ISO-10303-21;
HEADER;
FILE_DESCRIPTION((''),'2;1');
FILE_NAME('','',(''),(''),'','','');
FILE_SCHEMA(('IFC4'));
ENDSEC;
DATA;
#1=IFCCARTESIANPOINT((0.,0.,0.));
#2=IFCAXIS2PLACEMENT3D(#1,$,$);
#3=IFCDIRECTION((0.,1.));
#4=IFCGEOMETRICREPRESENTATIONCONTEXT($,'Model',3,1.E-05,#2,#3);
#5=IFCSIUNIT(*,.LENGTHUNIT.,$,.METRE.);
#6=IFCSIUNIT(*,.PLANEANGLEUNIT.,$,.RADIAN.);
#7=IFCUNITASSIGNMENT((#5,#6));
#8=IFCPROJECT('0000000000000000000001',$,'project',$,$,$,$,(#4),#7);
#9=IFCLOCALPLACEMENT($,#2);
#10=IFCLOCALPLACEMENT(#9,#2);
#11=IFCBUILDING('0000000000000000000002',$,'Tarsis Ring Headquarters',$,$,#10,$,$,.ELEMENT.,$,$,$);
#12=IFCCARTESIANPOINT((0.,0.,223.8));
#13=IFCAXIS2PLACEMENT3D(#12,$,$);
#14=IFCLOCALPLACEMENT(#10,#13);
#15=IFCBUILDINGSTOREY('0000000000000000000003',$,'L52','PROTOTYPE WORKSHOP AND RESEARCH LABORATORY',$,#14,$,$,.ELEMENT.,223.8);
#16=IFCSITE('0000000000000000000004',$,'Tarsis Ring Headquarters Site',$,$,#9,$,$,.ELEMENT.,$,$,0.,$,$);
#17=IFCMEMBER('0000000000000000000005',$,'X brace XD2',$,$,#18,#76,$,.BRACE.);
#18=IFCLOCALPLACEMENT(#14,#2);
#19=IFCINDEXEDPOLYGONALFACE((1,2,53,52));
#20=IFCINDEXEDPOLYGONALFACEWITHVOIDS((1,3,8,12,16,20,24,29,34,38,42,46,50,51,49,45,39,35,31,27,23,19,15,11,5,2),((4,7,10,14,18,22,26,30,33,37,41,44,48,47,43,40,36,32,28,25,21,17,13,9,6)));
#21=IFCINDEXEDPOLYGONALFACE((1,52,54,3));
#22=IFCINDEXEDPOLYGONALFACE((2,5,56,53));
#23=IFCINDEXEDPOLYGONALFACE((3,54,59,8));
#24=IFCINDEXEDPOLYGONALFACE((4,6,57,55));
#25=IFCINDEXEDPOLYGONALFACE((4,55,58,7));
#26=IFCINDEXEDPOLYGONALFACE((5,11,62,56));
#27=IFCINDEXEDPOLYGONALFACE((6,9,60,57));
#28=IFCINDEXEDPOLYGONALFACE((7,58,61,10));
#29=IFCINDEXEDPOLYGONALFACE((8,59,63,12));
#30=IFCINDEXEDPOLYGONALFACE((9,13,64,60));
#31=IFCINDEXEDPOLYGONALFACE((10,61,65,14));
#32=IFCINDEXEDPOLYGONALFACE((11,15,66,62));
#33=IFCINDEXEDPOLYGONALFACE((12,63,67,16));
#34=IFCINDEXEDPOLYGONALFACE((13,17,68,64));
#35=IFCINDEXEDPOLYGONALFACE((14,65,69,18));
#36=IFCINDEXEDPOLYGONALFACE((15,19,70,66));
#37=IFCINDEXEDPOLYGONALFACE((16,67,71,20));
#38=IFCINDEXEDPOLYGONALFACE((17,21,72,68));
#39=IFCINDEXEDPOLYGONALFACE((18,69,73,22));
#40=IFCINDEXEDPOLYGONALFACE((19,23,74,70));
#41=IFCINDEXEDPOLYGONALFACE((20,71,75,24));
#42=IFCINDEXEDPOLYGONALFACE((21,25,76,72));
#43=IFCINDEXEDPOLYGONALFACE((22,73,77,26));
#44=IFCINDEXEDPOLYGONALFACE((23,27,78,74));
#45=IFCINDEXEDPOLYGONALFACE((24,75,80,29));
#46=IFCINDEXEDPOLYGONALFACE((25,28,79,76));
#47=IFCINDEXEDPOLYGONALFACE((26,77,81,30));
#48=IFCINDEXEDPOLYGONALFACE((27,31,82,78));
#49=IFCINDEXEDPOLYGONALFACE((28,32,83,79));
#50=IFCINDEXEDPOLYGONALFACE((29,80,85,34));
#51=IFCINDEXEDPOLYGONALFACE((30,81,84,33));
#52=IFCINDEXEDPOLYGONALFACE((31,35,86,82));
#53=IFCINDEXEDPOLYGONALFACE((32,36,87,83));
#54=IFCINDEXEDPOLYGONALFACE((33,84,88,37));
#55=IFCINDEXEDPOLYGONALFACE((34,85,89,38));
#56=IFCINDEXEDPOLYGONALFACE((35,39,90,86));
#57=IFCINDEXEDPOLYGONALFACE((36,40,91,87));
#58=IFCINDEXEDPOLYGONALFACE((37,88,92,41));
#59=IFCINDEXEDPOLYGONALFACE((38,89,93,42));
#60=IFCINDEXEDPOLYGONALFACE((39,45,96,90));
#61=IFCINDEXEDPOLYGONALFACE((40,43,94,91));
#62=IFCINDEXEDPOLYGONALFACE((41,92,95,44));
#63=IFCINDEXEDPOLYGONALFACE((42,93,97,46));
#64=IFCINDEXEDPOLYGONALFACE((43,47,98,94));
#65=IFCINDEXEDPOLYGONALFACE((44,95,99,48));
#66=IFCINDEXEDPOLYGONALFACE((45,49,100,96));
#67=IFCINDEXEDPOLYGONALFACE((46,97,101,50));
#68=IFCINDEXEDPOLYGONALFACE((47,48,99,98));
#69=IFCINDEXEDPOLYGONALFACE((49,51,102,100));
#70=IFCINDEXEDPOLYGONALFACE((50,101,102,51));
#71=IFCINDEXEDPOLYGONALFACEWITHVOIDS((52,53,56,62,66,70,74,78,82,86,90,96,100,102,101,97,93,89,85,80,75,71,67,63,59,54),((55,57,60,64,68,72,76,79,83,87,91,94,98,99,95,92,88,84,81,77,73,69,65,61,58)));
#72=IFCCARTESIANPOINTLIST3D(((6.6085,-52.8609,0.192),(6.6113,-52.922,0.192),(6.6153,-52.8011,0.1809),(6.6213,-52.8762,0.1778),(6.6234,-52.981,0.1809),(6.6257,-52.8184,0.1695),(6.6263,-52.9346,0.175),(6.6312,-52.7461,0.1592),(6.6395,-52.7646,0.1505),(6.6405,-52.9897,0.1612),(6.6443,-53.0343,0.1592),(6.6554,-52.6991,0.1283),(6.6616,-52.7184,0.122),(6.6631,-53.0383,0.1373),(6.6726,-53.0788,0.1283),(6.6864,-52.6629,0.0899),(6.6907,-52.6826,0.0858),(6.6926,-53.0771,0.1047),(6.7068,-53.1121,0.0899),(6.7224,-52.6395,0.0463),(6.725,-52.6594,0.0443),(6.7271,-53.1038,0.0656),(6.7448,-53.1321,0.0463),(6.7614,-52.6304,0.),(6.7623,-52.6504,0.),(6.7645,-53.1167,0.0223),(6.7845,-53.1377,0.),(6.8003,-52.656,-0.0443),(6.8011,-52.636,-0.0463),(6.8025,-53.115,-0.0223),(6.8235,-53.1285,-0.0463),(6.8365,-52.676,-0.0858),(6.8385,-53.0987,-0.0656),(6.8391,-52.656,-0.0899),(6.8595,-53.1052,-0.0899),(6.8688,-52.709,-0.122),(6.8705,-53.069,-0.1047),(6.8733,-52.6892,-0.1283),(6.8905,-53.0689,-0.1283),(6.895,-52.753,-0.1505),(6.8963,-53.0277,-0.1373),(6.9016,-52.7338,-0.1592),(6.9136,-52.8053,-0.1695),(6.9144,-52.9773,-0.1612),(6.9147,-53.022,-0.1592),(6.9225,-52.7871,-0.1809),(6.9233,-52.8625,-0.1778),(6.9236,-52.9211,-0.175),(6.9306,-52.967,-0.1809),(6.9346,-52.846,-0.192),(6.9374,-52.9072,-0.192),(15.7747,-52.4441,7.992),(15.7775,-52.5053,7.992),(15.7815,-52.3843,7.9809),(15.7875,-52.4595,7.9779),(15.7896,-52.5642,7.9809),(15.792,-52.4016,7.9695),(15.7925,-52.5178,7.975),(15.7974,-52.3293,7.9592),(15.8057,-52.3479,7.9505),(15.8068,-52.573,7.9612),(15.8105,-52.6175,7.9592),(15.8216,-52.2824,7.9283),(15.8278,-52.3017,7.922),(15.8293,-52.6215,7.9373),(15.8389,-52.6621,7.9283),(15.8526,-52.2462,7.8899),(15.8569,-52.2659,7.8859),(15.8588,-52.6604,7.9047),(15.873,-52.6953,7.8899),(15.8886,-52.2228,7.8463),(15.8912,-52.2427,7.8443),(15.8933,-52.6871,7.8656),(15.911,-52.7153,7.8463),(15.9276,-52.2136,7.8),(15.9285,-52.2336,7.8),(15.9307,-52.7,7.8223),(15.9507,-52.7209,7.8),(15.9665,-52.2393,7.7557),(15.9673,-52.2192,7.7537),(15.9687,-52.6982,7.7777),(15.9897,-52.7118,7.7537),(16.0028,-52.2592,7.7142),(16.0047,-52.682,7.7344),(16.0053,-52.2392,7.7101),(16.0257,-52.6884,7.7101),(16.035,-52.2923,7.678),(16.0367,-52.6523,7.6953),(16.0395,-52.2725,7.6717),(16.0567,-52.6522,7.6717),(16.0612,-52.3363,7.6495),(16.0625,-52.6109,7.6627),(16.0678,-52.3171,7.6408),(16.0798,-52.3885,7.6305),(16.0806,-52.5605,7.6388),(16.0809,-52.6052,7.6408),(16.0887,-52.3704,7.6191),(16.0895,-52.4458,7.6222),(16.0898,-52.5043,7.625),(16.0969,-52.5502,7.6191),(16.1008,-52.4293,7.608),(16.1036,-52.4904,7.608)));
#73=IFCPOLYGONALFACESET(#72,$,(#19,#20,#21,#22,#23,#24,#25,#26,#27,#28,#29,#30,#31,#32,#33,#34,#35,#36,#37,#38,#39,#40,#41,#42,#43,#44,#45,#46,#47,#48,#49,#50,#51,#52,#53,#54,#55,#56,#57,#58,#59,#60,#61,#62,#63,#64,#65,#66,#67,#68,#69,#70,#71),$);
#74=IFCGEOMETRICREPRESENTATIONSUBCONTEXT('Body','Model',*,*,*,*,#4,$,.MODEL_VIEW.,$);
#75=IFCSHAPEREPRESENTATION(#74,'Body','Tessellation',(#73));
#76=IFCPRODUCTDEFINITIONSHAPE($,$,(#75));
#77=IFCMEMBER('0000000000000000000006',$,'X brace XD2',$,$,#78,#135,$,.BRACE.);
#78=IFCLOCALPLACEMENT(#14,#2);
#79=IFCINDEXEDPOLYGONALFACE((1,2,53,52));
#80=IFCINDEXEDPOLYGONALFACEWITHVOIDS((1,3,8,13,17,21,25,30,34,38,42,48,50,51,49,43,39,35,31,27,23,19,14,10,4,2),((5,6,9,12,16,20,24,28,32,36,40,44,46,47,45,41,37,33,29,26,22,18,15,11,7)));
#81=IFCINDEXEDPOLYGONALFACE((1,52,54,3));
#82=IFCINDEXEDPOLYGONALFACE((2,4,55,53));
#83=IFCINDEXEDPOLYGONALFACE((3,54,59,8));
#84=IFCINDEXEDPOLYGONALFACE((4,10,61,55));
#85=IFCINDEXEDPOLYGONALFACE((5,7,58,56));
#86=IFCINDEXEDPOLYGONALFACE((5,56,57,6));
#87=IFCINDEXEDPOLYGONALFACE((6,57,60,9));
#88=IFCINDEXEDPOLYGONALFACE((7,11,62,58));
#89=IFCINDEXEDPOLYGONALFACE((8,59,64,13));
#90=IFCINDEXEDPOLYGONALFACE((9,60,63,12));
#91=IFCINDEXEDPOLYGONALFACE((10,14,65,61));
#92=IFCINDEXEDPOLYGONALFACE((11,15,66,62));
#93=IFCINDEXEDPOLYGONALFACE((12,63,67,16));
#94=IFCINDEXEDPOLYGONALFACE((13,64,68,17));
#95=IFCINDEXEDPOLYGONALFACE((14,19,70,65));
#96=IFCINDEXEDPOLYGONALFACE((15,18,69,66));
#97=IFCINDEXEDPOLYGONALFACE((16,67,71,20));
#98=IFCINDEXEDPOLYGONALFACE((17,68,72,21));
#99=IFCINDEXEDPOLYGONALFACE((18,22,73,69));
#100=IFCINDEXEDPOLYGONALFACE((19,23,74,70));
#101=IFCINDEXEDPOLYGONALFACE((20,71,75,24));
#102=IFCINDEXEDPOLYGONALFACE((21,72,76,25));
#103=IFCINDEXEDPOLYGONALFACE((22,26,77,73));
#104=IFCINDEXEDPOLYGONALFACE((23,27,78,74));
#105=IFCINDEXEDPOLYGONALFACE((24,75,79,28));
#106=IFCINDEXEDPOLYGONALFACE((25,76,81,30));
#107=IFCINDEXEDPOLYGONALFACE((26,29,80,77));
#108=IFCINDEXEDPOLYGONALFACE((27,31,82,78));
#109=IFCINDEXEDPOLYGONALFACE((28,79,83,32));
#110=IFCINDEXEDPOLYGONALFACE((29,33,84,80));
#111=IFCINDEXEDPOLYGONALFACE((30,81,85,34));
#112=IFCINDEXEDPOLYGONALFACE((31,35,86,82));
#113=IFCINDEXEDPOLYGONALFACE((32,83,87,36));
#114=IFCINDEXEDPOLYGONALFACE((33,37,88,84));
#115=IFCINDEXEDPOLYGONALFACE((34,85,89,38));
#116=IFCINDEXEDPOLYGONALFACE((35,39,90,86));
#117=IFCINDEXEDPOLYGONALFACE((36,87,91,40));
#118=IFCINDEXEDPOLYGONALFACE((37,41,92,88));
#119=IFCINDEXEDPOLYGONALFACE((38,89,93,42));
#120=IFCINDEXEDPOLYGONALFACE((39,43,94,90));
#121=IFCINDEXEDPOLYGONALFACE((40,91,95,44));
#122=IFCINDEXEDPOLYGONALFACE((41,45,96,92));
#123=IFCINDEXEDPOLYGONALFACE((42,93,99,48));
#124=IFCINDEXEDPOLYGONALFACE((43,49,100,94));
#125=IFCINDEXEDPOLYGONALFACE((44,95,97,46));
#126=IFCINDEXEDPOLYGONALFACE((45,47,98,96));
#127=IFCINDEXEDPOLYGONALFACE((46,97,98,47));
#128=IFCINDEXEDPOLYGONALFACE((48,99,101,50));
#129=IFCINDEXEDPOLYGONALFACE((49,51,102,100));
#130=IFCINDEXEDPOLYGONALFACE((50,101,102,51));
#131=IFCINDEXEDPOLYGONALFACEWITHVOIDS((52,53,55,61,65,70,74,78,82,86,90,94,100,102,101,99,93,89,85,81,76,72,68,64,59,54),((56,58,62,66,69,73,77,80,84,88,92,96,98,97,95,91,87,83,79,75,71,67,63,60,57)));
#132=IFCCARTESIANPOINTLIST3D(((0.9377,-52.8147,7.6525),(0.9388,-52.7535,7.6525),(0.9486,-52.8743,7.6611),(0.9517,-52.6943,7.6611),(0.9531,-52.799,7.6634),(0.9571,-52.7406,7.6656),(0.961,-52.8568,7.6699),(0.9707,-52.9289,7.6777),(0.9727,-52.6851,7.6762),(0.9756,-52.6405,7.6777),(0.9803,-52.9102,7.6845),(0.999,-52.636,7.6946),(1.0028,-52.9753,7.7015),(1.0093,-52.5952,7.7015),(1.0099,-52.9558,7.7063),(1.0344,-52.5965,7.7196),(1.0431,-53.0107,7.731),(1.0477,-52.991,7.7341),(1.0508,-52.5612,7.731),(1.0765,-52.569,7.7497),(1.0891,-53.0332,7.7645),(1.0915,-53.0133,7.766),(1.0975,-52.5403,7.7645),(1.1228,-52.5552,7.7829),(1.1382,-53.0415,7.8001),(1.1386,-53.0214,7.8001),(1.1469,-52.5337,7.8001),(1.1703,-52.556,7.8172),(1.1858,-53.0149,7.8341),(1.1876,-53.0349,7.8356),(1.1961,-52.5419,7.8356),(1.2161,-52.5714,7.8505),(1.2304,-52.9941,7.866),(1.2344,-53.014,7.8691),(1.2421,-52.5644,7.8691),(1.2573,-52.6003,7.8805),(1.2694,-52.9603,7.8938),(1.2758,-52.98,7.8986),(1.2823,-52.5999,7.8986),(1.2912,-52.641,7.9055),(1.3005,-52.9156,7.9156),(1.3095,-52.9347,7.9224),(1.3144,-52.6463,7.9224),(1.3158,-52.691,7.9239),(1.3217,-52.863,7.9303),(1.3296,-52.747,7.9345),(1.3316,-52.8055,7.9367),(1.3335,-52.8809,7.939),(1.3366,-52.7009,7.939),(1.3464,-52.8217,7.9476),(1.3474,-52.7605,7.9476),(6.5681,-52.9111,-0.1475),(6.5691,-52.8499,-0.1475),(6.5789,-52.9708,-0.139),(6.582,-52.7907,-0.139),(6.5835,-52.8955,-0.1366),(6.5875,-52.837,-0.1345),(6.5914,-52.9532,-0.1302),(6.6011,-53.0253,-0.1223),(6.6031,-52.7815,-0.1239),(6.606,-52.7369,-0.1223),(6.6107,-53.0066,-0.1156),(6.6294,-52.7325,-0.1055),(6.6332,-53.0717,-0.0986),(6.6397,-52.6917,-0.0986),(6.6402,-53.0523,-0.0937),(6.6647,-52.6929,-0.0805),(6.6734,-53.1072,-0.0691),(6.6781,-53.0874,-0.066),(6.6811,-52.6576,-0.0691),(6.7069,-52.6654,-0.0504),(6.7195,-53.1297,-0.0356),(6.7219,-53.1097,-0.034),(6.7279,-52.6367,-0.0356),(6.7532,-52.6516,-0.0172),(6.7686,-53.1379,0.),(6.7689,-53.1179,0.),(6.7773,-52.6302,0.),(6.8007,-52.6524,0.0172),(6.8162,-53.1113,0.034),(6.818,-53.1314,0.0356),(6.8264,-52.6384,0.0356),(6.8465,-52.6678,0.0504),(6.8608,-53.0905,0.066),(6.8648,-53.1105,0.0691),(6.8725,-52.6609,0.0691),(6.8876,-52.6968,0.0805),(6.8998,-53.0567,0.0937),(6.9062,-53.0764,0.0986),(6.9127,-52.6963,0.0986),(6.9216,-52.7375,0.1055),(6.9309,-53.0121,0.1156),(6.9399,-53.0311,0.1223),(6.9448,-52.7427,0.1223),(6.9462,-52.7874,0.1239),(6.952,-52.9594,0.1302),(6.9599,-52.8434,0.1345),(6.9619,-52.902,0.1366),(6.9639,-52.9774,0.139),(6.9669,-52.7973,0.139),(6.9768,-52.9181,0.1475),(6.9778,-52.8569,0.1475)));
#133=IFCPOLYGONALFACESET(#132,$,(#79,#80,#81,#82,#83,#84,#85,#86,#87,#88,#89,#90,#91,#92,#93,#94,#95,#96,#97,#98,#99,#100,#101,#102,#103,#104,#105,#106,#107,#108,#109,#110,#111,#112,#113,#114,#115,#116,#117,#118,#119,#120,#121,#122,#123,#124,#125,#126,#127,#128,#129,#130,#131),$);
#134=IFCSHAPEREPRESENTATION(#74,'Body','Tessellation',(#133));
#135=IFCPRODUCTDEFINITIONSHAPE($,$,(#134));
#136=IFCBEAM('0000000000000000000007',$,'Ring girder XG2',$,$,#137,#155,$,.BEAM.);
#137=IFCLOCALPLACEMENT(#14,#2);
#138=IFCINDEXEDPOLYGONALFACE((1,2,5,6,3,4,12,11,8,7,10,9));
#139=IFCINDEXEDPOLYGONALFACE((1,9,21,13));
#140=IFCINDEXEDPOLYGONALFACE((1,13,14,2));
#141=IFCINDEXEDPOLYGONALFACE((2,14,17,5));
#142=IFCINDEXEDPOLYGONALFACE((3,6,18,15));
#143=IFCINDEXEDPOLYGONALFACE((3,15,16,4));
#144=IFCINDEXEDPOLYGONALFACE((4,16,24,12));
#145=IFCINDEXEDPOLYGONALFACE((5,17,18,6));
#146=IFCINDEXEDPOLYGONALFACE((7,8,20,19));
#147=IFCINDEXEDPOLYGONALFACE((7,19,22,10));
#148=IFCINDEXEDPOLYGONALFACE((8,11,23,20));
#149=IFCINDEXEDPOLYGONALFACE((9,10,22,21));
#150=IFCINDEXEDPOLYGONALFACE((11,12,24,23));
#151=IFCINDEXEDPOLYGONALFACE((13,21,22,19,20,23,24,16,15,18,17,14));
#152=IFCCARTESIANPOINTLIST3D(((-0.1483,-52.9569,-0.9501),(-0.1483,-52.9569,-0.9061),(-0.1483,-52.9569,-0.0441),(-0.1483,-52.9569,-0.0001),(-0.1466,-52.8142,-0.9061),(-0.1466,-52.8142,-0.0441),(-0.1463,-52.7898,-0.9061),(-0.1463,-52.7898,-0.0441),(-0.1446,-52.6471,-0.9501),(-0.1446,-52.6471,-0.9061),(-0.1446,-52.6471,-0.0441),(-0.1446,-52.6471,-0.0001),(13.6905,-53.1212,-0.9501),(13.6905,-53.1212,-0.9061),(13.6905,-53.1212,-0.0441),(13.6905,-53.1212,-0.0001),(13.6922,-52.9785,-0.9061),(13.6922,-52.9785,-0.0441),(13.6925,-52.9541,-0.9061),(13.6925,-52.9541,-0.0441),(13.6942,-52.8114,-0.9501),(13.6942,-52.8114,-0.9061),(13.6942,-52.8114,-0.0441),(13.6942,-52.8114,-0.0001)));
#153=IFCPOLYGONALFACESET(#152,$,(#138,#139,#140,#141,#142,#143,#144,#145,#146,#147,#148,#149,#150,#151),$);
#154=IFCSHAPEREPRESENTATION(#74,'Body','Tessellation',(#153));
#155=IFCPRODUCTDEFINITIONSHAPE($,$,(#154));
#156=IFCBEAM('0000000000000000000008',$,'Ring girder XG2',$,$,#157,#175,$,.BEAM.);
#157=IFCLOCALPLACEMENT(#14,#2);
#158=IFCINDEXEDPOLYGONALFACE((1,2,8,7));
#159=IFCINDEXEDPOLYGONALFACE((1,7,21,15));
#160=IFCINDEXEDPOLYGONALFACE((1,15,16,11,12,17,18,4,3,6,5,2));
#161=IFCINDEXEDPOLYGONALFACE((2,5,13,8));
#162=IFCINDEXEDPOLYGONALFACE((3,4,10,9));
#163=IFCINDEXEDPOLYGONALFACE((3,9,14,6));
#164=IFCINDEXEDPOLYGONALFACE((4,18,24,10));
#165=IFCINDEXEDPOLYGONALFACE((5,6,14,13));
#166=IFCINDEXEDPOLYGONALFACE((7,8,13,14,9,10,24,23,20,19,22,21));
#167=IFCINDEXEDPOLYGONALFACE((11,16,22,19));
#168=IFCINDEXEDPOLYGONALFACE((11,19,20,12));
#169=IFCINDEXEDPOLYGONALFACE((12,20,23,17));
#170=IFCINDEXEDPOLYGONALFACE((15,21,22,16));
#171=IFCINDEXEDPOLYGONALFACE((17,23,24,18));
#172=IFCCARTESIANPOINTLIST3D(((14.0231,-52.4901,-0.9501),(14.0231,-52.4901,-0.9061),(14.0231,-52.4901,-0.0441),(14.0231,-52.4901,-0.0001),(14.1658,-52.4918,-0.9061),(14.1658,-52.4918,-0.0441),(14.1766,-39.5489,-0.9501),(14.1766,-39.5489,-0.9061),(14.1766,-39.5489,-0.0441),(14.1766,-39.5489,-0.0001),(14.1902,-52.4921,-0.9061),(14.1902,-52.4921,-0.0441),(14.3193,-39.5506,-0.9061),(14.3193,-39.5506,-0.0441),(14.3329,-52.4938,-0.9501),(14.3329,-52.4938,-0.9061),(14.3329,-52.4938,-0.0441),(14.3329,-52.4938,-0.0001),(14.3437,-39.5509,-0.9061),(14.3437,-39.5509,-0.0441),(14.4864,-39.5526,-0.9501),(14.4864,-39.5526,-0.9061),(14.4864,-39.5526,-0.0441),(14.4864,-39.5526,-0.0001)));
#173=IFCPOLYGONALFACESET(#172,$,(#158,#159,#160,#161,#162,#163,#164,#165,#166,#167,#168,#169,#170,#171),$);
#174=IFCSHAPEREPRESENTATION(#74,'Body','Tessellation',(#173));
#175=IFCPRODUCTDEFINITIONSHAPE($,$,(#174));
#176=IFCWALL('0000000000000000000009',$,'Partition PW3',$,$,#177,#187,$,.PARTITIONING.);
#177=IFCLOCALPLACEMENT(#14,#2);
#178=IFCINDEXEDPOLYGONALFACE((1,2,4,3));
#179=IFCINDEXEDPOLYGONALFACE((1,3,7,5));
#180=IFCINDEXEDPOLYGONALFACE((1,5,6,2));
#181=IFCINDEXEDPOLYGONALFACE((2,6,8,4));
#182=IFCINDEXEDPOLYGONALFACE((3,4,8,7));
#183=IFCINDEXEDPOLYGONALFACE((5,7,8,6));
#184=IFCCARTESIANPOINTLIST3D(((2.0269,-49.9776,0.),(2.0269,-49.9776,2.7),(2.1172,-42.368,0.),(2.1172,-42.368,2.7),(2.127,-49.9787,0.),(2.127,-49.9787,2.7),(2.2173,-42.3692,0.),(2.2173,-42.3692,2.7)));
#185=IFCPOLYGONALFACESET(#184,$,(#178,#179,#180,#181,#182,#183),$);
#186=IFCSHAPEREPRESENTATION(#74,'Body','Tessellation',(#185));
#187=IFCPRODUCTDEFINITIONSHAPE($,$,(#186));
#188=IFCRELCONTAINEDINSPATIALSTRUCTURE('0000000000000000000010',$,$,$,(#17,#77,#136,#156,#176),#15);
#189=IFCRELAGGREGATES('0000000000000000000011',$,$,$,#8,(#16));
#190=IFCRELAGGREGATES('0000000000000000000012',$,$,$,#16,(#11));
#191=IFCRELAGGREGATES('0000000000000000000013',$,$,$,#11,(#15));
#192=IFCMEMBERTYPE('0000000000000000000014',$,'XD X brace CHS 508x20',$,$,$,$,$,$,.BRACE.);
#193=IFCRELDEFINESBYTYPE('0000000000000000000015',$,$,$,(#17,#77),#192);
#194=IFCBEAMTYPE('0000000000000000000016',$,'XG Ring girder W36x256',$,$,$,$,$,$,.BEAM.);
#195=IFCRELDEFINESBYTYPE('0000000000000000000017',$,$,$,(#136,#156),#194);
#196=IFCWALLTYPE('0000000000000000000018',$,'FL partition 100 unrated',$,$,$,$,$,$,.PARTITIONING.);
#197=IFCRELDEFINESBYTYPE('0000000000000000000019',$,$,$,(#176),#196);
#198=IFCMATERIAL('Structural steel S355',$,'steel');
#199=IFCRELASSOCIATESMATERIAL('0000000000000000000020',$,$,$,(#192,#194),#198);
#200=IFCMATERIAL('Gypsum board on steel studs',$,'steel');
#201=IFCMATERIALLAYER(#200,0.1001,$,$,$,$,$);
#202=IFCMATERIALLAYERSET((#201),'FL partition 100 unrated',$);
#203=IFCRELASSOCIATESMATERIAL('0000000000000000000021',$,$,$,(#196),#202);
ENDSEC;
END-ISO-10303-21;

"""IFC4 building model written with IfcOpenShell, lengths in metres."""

from ifc_helpers import new_model, si_unit, direction, frame, frame_2d, origin, origin_2d, place, context, subcontext, project, spatial, rectangle, hollow_circle, i_section, extrude, material, layer, layer_set, material_profile, profile_set, type_object, element, save


model = new_model("IFC4")

# Units and contexts
model_context = context("Model", 3, precision=1e-05, world=origin(), true_north=direction((0.0, 1.0)))
body_context = subcontext(model_context, "Body", "Model", "MODEL_VIEW")
ifc_project = project(units=[si_unit("LENGTHUNIT", "METRE"), si_unit("PLANEANGLEUNIT", "RADIAN")], contexts=[model_context])

# Site, building, storey
site_placement = place(None, origin())
site = spatial("IfcSite", under=ifc_project, at=site_placement, Name="Tarsis Ring Headquarters Site", CompositionType="ELEMENT", RefElevation=0.0)
building_placement = place(site_placement, origin())
building = spatial("IfcBuilding", under=site, at=building_placement, Name="Tarsis Ring Headquarters", CompositionType="ELEMENT")
storey_placement = place(building_placement, frame((0.0, 0.0, 223.8)))
storey = spatial("IfcBuildingStorey", under=building, at=storey_placement, Name="L52", Description="PROTOTYPE WORKSHOP AND RESEARCH LABORATORY", CompositionType="ELEMENT", Elevation=223.8)

# Shared definitions
ifc_material_1 = material(Name="Structural steel S355", Category="steel")

# Members
ifc_material_profile_1 = material_profile(ifc_material_1, hollow_circle(Radius=0.2539, WallThickness=0.02, at=origin_2d()), Name="CHS 508x20")
ifc_profile_set_1 = profile_set([ifc_material_profile_1], Name="Structural steel S355")
member_type = type_object("IfcMemberType", Name="XD X brace CHS 508x20", PredefinedType="BRACE", material=ifc_profile_set_1)
member_1_placement = place(storey_placement, frame((6.7729, -52.884, 0.0), z_axis=(0.761125, 0.034605, 0.647681), x_axis=(-0.045419, 0.998968, 0.0)))
element("IfcMember", 1, at=member_1_placement, inside=storey, type_object=member_type, Name="X brace XD2", PredefinedType="BRACE", context=body_context, shape_type="SweptSolid", body=[
    extrude(hollow_circle(Radius=0.2539, WallThickness=0.02, at=origin_2d()), origin(), (0.0, 0.0, 1.0), 12.043),
])
member_2_placement = place(storey_placement, frame((6.7729, -52.884, 0.0), z_axis=(-0.585256, 0.010024, 0.810786), x_axis=(-0.017125, -0.999853, 0.0)))
element("IfcMember", 2, at=member_2_placement, inside=storey, type_object=member_type, Name="X brace XD2", PredefinedType="BRACE", context=body_context, shape_type="SweptSolid", body=[
    extrude(hollow_circle(Radius=0.2539, WallThickness=0.02, at=origin_2d()), origin(), (0.0, 0.0, 1.0), 9.6204),
])

# Beams
ifc_material_profile_2 = material_profile(ifc_material_1, i_section(OverallWidth=0.3098, OverallDepth=0.95, WebThickness=0.0244, FlangeThickness=0.0439, at=origin_2d()), Name="W36x256")
ifc_profile_set_2 = profile_set([ifc_material_profile_2], Name="Structural steel S355")
beam_type = type_object("IfcBeamType", Name="XG Ring girder W36x256", PredefinedType="BEAM", material=ifc_profile_set_2)
beam_1_placement = place(storey_placement, frame((-0.1465, -52.802, -0.4751), z_axis=(0.99993, -0.011872, 0.0), x_axis=(0.011872, 0.99993, 0.0)))
element("IfcBeam", 3, at=beam_1_placement, inside=storey, type_object=beam_type, Name="Ring girder XG2", PredefinedType="BEAM", context=body_context, shape_type="SweptSolid", body=[
    extrude(i_section(OverallWidth=0.3098, OverallDepth=0.95, WebThickness=0.0244, FlangeThickness=0.0439, at=origin_2d()), origin(), (0.0, 0.0, 1.0), 13.8398),
])
beam_2_placement = place(storey_placement, frame((14.178, -52.4919, -0.4751), z_axis=(0.011866, 0.99993, 0.0), x_axis=(-0.99993, 0.011866, 0.0)))
element("IfcBeam", 4, at=beam_2_placement, inside=storey, type_object=beam_type, Name="Ring girder XG2", PredefinedType="BEAM", context=body_context, shape_type="SweptSolid", body=[
    extrude(i_section(OverallWidth=0.3098, OverallDepth=0.95, WebThickness=0.0244, FlangeThickness=0.0439, at=origin_2d()), origin(), (0.0, 0.0, 1.0), 12.9421),
])

# Wall
ifc_material_2 = material(Name="Gypsum board on steel studs", Category="steel")
ifc_layer_1 = layer(ifc_material_2, 0.1001)
ifc_layer_set_1 = layer_set([ifc_layer_1], Name="FL partition 100 unrated")
wall_type_1 = type_object("IfcWallType", Name="FL partition 100 unrated", PredefinedType="PARTITIONING", material=ifc_layer_set_1)
wall_1_placement = place(storey_placement, frame((2.0769, -49.9783, 0.0), z_axis=(0.0, 0.0, 1.0), x_axis=(0.01187, 0.99993, 0.0)))
element("IfcWall", 5, at=wall_1_placement, inside=storey, type_object=wall_type_1, Name="Partition PW3", PredefinedType="PARTITIONING", context=body_context, shape_type="SweptSolid", body=[
    extrude(rectangle(XDim=7.6101, YDim=0.1001, at=frame_2d((3.8052, 0.0))), origin(), (0.0, 0.0, 1.0), 2.7),
])

save(model, "model.ifc")
